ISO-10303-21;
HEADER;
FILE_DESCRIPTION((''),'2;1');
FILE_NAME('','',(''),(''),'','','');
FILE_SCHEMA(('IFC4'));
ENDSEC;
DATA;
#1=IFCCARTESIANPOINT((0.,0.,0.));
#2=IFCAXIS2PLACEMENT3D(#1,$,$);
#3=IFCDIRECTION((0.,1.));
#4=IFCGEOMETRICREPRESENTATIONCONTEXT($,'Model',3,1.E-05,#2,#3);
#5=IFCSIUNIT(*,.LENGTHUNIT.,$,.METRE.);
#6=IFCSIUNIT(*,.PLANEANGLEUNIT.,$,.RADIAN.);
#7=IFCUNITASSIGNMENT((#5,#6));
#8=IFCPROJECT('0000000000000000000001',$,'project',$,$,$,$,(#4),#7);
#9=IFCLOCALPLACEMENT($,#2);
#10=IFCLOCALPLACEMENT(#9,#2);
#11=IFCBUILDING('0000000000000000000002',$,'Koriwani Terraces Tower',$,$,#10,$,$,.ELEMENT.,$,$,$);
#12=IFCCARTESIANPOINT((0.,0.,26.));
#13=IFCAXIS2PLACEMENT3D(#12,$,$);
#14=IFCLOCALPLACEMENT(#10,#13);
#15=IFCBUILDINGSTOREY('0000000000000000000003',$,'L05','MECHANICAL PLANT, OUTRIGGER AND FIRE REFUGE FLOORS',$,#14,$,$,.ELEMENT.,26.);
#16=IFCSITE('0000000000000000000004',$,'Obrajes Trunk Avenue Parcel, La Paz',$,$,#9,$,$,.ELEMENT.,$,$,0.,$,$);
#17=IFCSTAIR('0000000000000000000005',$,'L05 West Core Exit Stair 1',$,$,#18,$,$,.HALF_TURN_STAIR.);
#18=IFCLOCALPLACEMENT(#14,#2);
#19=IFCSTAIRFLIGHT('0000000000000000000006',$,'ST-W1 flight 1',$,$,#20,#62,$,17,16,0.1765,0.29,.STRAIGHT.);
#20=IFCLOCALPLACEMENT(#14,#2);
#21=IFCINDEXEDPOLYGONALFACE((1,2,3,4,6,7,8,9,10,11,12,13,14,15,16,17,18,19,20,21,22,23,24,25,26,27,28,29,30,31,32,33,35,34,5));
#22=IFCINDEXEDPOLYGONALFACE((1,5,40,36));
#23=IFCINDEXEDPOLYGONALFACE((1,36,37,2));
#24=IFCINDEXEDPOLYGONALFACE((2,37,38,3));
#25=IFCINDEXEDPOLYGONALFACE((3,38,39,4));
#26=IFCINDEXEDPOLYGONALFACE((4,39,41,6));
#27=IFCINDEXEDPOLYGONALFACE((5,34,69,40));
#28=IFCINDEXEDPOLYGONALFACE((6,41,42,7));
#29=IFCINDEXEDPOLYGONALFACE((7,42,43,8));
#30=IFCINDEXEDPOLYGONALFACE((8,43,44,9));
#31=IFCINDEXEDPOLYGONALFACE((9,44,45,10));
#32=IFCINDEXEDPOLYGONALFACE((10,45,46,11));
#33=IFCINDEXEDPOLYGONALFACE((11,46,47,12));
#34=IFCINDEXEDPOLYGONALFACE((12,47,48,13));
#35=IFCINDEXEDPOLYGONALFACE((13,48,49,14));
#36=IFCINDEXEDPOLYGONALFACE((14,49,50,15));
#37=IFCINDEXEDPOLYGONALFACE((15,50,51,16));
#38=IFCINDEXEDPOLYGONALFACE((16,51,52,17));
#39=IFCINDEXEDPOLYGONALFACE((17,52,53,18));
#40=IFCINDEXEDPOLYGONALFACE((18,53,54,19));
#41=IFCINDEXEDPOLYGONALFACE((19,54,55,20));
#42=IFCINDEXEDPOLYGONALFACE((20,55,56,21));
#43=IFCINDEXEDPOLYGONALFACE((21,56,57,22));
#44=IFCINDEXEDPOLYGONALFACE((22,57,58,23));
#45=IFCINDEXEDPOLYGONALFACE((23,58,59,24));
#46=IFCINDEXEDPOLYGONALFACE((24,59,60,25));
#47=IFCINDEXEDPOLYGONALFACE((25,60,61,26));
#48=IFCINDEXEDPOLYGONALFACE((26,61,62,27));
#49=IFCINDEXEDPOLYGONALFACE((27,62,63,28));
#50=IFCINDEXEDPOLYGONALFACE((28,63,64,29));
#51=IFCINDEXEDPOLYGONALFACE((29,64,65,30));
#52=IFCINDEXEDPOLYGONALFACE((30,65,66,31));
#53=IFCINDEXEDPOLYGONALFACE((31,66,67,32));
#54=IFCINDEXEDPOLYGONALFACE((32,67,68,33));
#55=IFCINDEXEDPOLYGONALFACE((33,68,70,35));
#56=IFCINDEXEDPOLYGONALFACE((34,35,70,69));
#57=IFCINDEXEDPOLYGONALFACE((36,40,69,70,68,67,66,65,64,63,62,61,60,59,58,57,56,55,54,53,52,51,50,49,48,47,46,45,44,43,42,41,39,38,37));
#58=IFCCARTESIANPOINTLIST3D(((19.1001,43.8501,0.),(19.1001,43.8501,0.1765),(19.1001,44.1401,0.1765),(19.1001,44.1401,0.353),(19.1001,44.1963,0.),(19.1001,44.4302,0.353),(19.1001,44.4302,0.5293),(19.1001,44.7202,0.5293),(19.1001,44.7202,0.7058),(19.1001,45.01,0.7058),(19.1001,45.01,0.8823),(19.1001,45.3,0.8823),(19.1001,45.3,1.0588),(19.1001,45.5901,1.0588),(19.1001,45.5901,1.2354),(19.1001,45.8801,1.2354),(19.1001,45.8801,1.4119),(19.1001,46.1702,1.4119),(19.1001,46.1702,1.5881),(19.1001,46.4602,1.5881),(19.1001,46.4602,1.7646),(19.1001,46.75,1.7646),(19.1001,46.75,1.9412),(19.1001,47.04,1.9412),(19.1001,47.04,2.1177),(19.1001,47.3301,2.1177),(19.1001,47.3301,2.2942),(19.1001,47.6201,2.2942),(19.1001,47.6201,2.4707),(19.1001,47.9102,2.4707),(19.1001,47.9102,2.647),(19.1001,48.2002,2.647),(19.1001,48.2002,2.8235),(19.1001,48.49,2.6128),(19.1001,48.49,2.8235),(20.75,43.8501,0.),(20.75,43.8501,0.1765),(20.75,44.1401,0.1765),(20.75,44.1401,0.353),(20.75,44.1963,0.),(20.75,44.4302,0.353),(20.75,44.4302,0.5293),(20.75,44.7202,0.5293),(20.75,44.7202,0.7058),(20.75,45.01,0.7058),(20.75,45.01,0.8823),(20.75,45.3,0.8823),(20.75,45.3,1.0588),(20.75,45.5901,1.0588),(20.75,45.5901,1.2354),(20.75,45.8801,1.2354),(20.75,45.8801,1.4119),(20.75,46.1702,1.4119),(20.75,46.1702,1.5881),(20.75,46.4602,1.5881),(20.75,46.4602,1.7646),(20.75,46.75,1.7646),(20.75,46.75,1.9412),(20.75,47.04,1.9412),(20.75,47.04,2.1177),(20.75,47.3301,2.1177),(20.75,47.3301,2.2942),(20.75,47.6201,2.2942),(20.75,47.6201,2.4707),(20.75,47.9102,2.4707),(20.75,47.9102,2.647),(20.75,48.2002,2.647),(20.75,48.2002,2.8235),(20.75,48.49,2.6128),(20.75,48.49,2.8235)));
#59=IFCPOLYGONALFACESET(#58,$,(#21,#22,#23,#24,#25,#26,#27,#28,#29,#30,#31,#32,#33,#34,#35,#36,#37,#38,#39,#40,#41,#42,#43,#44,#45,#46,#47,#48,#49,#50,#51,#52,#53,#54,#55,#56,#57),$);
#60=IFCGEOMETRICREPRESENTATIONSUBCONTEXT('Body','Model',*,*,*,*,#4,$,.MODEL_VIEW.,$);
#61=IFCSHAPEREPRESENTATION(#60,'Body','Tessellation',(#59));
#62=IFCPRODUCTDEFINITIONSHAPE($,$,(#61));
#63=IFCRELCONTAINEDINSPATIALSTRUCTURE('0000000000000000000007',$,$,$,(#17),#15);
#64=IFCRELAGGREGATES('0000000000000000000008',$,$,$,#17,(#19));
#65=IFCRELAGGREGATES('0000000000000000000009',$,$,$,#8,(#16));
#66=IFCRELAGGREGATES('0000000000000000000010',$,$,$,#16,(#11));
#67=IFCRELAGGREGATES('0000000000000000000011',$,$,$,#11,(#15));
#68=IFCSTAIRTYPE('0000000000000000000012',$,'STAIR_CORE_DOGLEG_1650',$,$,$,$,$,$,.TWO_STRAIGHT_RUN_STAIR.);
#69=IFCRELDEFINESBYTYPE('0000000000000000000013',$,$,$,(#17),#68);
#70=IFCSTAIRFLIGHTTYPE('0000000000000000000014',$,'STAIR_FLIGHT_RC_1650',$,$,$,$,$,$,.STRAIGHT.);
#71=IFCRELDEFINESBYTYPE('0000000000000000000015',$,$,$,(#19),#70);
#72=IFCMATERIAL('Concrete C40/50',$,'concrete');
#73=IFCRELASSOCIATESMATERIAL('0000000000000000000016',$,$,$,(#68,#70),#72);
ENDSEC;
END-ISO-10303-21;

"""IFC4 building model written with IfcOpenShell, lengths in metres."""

from ifc_helpers import new_model, si_unit, direction, frame, origin, place, context, subcontext, project, spatial, polyline, outline, extrude, material, type_object, element, aggregate, save


model = new_model("IFC4")

# Units and contexts
model_context = context("Model", 3, precision=1e-05, world=origin(), true_north=direction((0.0, 1.0)))
body_context = subcontext(model_context, "Body", "Model", "MODEL_VIEW")
ifc_project = project(units=[si_unit("LENGTHUNIT", "METRE"), si_unit("PLANEANGLEUNIT", "RADIAN")], contexts=[model_context])

# Site, building, storey
site_placement = place(None, origin())
site = spatial("IfcSite", under=ifc_project, at=site_placement, Name="Obrajes Trunk Avenue Parcel, La Paz", CompositionType="ELEMENT", RefElevation=0.0)
building_placement = place(site_placement, origin())
building = spatial("IfcBuilding", under=site, at=building_placement, Name="Koriwani Terraces Tower", CompositionType="ELEMENT")
storey_placement = place(building_placement, frame((0.0, 0.0, 26.0)))
storey = spatial("IfcBuildingStorey", under=building, at=storey_placement, Name="L05", Description="MECHANICAL PLANT, OUTRIGGER AND FIRE REFUGE FLOORS", CompositionType="ELEMENT", Elevation=26.0)

# Shared definitions
ifc_material_1 = material(Name="Concrete C40/50", Category="concrete")

# Stair, stair flight
stair_type = type_object("IfcStairType", Name="STAIR_CORE_DOGLEG_1650", PredefinedType="TWO_STRAIGHT_RUN_STAIR", material=ifc_material_1)
stair_placement = place(storey_placement, origin())
stair = element("IfcStair", 1, at=stair_placement, inside=storey, type_object=stair_type, Name="L05 West Core Exit Stair 1", PredefinedType="HALF_TURN_STAIR")
stair_flight_type = type_object("IfcStairFlightType", Name="STAIR_FLIGHT_RC_1650", PredefinedType="STRAIGHT", material=ifc_material_1)
stair_flight_placement = place(storey_placement, frame((19.925, 43.8501, 0.0), z_axis=(0.0, 0.0, 1.0), x_axis=(0.0, 1.0, 0.0)))
stair_flight = element("IfcStairFlight", 2, at=stair_flight_placement, type_object=stair_flight_type, Name="ST-W1 flight 1", NumberOfRisers=17, NumberOfTreads=16, PredefinedType="STRAIGHT", RiserHeight=0.1765, TreadLength=0.29, context=body_context, shape_type="SweptSolid", body=[
    extrude(outline(polyline([(0.0, 0.0), (0.0, 0.1765), (0.29, 0.1765), (0.29, 0.353), (0.5801, 0.353), (0.5801, 0.5293), (0.8701, 0.5293), (0.8701, 0.7058), (1.1599, 0.7058), (1.1599, 0.8823), (1.45, 0.8823), (1.45, 1.0588), (1.74, 1.0588), (1.74, 1.2354), (2.03, 1.2354), (2.03, 1.4119), (2.3201, 1.4119), (2.3201, 1.5881), (2.6101, 1.5881), (2.6101, 1.7646), (2.8999, 1.7646), (2.8999, 1.9412), (3.1899, 1.9412), (3.1899, 2.1177), (3.48, 2.1177), (3.48, 2.2942), (3.77, 2.2942), (3.77, 2.4707), (4.0601, 2.4707), (4.0601, 2.647), (4.3501, 2.647), (4.3501, 2.8235), (4.6399, 2.8235), (4.6399, 3.0), (4.6399, 2.6128), (0.3462, 0.0), (0.0, 0.0)])), frame((0.0, 0.825, 0.0), z_axis=(0.0, -1.0, 0.0), x_axis=(1.0, 0.0, 0.0)), (0.0, 0.0, 1.0), 1.6499),
])
aggregate(stair, [stair_flight])

save(model, "model.ifc")
